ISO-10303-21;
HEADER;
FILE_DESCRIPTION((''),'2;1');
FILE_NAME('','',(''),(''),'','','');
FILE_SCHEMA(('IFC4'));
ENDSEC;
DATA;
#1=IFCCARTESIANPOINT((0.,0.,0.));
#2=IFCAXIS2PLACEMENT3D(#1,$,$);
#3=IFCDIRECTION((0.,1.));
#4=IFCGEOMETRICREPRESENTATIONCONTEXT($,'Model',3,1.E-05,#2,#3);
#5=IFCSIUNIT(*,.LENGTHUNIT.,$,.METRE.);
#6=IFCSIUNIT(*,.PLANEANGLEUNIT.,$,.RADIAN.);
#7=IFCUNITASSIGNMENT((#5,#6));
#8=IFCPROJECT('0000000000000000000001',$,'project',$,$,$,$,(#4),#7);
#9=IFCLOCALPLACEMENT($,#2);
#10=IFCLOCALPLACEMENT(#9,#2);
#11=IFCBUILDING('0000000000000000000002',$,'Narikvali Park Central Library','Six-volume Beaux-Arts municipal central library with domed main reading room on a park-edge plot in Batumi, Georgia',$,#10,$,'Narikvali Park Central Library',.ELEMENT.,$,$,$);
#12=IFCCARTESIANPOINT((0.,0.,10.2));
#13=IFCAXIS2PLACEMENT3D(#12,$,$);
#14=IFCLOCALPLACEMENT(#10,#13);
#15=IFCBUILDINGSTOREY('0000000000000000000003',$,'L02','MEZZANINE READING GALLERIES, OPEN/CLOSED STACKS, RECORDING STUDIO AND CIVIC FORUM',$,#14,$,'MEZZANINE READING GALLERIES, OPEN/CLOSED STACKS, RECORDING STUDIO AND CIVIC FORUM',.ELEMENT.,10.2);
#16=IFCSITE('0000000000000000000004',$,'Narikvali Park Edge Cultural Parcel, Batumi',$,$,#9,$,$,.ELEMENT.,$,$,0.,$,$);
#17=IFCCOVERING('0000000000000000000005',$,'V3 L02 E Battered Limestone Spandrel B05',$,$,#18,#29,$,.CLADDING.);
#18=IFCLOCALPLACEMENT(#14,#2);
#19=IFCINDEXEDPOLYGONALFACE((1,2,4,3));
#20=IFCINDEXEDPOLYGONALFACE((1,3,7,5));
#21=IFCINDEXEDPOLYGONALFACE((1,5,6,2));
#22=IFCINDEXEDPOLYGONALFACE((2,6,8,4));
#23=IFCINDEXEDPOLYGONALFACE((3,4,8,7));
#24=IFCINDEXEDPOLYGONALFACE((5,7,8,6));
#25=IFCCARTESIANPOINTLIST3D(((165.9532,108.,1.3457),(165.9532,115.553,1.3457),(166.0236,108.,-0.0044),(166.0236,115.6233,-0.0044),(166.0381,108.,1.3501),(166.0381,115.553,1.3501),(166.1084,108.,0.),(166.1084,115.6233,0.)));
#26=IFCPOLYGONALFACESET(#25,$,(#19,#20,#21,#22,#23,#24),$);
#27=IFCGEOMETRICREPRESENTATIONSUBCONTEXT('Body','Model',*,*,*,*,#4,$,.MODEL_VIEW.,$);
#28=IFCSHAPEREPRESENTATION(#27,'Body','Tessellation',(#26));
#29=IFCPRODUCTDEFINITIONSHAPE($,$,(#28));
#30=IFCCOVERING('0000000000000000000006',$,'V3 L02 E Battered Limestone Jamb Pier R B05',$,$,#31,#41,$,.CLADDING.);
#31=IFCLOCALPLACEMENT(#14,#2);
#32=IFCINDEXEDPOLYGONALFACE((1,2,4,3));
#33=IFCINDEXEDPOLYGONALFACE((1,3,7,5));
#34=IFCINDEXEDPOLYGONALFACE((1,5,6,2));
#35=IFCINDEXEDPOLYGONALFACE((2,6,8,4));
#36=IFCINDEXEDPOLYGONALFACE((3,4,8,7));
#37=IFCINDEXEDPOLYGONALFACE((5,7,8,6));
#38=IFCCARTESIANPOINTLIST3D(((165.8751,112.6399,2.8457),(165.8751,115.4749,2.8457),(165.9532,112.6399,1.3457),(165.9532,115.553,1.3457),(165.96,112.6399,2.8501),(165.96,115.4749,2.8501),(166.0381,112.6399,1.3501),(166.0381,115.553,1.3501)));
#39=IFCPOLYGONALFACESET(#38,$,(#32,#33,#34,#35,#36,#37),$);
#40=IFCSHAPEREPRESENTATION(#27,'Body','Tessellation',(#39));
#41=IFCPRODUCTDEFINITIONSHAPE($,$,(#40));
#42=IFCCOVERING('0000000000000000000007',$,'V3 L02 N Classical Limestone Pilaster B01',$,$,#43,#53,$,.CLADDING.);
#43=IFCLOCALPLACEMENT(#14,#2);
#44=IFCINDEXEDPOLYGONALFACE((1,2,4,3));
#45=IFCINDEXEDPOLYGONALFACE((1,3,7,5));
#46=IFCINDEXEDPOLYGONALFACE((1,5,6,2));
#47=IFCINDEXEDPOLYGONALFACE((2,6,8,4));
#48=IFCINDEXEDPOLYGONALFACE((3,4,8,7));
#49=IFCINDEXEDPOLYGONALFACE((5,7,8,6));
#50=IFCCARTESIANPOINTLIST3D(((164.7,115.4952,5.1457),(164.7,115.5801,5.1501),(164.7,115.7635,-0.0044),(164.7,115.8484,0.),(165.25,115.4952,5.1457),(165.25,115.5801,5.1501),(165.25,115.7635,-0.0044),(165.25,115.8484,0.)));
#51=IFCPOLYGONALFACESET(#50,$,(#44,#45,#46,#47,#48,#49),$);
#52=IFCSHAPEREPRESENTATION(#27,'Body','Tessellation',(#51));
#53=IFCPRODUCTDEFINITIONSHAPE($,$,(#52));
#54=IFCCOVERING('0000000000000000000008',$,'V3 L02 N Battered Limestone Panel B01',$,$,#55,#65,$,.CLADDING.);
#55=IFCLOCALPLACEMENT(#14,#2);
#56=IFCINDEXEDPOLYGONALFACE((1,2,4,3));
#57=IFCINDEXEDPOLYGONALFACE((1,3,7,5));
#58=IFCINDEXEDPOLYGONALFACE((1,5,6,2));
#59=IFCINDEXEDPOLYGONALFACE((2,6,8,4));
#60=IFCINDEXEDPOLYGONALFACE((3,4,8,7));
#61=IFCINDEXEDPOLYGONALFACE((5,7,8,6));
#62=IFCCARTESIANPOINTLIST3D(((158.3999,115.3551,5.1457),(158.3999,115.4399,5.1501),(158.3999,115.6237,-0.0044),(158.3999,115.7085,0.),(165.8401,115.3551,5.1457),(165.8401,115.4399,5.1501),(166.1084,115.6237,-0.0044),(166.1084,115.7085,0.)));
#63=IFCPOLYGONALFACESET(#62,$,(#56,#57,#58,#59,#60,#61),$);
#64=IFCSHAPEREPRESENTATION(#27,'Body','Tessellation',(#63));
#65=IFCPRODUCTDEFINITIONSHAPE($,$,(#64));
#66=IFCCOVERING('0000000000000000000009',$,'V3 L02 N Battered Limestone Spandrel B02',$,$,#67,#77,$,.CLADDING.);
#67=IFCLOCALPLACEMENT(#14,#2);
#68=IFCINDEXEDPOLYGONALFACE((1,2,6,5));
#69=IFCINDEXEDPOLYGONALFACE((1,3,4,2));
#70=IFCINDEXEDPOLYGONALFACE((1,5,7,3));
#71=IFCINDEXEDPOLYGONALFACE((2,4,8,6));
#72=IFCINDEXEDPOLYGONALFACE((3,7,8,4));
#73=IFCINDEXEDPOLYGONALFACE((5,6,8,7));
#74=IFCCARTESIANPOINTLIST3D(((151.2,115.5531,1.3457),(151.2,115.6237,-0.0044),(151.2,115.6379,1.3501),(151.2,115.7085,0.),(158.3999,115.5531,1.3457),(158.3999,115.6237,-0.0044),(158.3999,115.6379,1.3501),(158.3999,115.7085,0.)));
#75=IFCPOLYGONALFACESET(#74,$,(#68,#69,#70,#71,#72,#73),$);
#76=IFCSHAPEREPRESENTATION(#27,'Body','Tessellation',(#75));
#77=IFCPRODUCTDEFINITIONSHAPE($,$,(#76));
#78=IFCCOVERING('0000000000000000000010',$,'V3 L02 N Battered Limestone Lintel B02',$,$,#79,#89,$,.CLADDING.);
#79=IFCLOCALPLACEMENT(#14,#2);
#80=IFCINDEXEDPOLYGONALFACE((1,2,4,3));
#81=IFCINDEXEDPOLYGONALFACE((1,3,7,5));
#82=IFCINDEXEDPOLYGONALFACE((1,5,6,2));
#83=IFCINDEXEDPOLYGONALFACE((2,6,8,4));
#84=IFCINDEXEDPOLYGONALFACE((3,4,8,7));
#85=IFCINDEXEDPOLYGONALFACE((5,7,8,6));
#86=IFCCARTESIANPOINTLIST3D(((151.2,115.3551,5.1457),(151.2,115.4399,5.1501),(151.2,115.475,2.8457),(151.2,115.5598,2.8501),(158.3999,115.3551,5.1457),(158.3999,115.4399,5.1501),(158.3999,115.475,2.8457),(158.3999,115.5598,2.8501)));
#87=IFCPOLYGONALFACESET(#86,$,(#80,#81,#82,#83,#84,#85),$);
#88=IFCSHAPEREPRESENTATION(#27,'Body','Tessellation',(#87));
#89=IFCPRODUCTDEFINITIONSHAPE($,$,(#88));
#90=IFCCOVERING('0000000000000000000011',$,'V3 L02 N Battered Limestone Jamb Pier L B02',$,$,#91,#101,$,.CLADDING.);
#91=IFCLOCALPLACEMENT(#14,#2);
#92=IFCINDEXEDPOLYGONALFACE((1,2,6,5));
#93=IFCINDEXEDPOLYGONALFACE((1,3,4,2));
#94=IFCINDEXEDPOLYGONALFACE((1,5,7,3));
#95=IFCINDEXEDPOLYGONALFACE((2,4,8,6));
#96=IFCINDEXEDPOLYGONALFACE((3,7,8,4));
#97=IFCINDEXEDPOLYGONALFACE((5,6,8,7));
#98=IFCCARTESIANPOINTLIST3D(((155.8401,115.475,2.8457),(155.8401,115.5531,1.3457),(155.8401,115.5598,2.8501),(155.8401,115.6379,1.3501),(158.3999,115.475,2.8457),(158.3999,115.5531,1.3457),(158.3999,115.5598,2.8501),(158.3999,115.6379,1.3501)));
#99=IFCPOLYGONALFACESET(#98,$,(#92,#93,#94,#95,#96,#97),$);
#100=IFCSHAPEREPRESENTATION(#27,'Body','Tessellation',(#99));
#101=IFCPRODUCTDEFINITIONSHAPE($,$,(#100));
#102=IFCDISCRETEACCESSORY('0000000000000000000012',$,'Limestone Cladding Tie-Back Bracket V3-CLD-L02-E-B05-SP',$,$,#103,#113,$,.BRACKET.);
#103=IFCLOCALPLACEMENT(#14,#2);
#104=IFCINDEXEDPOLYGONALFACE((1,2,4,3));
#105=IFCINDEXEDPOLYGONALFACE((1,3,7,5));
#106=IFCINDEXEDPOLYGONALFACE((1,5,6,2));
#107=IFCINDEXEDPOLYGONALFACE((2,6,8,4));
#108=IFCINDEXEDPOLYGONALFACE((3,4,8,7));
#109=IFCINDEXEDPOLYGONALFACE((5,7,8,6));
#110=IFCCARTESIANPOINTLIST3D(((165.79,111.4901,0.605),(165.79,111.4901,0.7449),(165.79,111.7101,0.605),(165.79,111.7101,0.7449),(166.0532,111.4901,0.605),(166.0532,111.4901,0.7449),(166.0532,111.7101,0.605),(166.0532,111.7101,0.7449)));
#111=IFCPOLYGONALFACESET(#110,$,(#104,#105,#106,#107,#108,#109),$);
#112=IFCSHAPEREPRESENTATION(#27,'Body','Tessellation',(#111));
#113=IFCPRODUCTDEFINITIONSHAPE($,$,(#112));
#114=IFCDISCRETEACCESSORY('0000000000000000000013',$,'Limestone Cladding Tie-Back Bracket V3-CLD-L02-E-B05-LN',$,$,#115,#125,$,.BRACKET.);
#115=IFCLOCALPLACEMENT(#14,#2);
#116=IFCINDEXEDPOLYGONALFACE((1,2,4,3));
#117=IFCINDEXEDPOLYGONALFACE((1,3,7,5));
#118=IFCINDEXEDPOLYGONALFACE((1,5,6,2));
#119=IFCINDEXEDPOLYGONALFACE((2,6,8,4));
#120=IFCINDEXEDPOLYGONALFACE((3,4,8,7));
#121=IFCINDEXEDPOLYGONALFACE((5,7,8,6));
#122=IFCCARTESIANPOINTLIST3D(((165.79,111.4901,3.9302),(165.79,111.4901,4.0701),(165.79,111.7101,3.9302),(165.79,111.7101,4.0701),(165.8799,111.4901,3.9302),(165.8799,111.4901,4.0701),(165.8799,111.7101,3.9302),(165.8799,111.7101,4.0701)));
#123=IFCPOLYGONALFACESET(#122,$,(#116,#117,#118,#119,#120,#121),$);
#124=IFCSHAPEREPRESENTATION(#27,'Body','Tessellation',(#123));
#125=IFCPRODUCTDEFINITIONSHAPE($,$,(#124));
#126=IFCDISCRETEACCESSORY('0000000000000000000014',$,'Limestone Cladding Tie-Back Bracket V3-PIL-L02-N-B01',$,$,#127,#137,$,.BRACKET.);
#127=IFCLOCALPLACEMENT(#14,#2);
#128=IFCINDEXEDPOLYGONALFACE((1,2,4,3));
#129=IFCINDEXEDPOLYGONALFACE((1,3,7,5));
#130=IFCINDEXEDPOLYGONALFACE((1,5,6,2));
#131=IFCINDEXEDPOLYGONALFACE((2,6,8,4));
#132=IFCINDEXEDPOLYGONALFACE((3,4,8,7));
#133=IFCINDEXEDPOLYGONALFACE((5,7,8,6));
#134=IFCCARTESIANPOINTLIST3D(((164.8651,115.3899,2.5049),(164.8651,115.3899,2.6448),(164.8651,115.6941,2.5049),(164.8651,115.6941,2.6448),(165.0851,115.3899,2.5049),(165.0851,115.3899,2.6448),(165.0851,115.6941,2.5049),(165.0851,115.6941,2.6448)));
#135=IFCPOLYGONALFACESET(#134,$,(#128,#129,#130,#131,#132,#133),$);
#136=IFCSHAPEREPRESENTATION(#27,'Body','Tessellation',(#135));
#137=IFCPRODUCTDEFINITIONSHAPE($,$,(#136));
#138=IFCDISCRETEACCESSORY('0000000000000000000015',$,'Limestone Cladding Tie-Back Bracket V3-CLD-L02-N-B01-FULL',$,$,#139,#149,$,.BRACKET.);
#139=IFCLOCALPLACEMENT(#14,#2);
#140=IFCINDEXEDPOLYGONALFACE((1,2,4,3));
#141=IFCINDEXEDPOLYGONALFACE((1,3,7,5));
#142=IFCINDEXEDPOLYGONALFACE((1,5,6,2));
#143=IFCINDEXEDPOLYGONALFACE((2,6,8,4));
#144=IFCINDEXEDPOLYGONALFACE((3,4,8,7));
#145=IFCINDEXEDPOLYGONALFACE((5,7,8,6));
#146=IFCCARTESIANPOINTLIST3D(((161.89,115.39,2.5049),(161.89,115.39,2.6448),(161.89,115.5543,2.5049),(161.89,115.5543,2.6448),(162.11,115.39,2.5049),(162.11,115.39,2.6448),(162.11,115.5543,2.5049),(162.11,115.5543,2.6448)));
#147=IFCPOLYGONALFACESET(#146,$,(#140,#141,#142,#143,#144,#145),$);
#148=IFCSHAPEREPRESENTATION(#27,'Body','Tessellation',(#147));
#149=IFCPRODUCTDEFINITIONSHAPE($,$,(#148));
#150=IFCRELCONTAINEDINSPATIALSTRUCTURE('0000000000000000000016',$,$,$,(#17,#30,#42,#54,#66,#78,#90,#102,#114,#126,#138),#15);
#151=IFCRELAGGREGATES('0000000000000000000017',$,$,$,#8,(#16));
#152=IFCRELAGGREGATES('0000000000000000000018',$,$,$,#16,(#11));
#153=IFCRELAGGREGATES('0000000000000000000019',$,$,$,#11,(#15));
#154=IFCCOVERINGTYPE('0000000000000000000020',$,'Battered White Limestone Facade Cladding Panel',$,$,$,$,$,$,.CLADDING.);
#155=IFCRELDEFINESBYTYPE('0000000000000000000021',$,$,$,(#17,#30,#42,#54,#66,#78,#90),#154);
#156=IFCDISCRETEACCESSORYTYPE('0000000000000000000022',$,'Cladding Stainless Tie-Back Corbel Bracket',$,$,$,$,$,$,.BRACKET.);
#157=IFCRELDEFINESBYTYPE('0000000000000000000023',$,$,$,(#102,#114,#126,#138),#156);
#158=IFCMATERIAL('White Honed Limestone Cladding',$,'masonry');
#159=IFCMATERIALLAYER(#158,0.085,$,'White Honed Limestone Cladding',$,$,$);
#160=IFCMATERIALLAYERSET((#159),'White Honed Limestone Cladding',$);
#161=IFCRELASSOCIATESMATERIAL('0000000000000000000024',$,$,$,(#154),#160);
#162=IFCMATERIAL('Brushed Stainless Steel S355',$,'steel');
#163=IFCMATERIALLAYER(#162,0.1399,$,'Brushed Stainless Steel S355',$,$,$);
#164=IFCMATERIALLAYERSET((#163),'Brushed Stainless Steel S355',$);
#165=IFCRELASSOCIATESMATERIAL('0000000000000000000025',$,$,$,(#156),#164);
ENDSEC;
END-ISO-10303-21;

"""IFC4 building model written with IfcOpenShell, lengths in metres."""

from ifc_helpers import new_model, si_unit, direction, frame, origin, origin_2d, place, context, subcontext, project, spatial, polyline, rectangle, outline, extrude, material, layer, layer_set, type_object, element, save


model = new_model("IFC4")

# Units and contexts
model_context = context("Model", 3, precision=1e-05, world=origin(), true_north=direction((0.0, 1.0)))
body_context = subcontext(model_context, "Body", "Model", "MODEL_VIEW")
ifc_project = project(units=[si_unit("LENGTHUNIT", "METRE"), si_unit("PLANEANGLEUNIT", "RADIAN")], contexts=[model_context])

# Site, building, storey
site_placement = place(None, origin())
site = spatial("IfcSite", under=ifc_project, at=site_placement, Name="Narikvali Park Edge Cultural Parcel, Batumi", CompositionType="ELEMENT", RefElevation=0.0)
building_placement = place(site_placement, origin())
building = spatial("IfcBuilding", under=site, at=building_placement, Name="Narikvali Park Central Library", Description="Six-volume Beaux-Arts municipal central library with domed main reading room on a park-edge plot in Batumi, Georgia", LongName="Narikvali Park Central Library", CompositionType="ELEMENT")
storey_placement = place(building_placement, frame((0.0, 0.0, 10.2)))
storey = spatial("IfcBuildingStorey", under=building, at=storey_placement, Name="L02", Description="MEZZANINE READING GALLERIES, OPEN/CLOSED STACKS, RECORDING STUDIO AND CIVIC FORUM", LongName="MEZZANINE READING GALLERIES, OPEN/CLOSED STACKS, RECORDING STUDIO AND CIVIC FORUM", CompositionType="ELEMENT", Elevation=10.2)

# Coverings
ifc_material_1 = material(Name="White Honed Limestone Cladding", Category="masonry")
ifc_layer_1 = layer(ifc_material_1, 0.085, Name="White Honed Limestone Cladding")
ifc_layer_set_1 = layer_set([ifc_layer_1], Name="White Honed Limestone Cladding")
covering_type = type_object("IfcCoveringType", Name="Battered White Limestone Facade Cladding Panel", PredefinedType="CLADDING", material=ifc_layer_set_1)
covering_1_placement = place(storey_placement, frame((166.1084, 108.0, 0.0), z_axis=(0.998647, 0.0, 0.052009), x_axis=(0.0, 1.0, 0.0)))
element("IfcCovering", 1, at=covering_1_placement, inside=storey, type_object=covering_type, Name="V3 L02 E Battered Limestone Spandrel B05", PredefinedType="CLADDING", context=body_context, shape_type="SweptSolid", body=[
    extrude(outline(polyline([(0.0, 0.0), (7.6233, 0.0), (7.553, 1.3519), (0.0, 1.3519), (0.0, 0.0)])), origin(), (0.0, 0.0, -1.0), 0.085),
])
covering_2_placement = place(storey_placement, frame((166.0381, 112.6399, 1.3501), z_axis=(0.998646, 0.0, 0.052013), x_axis=(0.0, 1.0, 0.0)))
element("IfcCovering", 2, at=covering_2_placement, inside=storey, type_object=covering_type, Name="V3 L02 E Battered Limestone Jamb Pier R B05", PredefinedType="CLADDING", context=body_context, shape_type="SweptSolid", body=[
    extrude(outline(polyline([(0.0, 0.0), (2.9131, 0.0), (2.835, 1.502), (0.0, 1.502), (0.0, 0.0)])), origin(), (0.0, 0.0, -1.0), 0.085),
])
covering_3_placement = place(storey_placement, frame((165.25, 115.8484, 0.0), z_axis=(0.0, 0.998646, 0.052027), x_axis=(-1.0, 0.0, 0.0)))
element("IfcCovering", 3, at=covering_3_placement, inside=storey, type_object=covering_type, Name="V3 L02 N Classical Limestone Pilaster B01", PredefinedType="CLADDING", context=body_context, shape_type="SweptSolid", body=[
    extrude(outline(polyline([(0.0, 0.0), (0.55, 0.0), (0.55, 5.1571), (0.0, 5.1571), (0.0, 0.0)])), origin(), (0.0, 0.0, -1.0), 0.085),
])
covering_4_placement = place(storey_placement, frame((166.1084, 115.7085, 0.0), z_axis=(0.0, 0.998643, 0.052074), x_axis=(-1.0, 0.0, 0.0)))
element("IfcCovering", 4, at=covering_4_placement, inside=storey, type_object=covering_type, Name="V3 L02 N Battered Limestone Panel B01", PredefinedType="CLADDING", context=body_context, shape_type="SweptSolid", body=[
    extrude(outline(polyline([(0.0, 0.0), (7.7085, 0.0), (7.7085, 5.1571), (0.2683, 5.1571), (0.0, 0.0)])), origin(), (0.0, 0.0, -1.0), 0.085),
])
covering_5_placement = place(storey_placement, frame((158.3999, 115.7085, 0.0), z_axis=(0.0, 0.998637, 0.052189), x_axis=(-1.0, 0.0, 0.0)))
element("IfcCovering", 5, at=covering_5_placement, inside=storey, type_object=covering_type, Name="V3 L02 N Battered Limestone Spandrel B02", PredefinedType="CLADDING", context=body_context, shape_type="SweptSolid", body=[
    extrude(outline(polyline([(0.0, 0.0), (7.2, 0.0), (7.2, 1.3519), (0.0, 1.3519), (0.0, 0.0)])), origin(), (0.0, 0.0, -1.0), 0.085),
])
covering_6_placement = place(storey_placement, frame((158.3999, 115.5598, 2.8501), z_axis=(0.0, 0.998645, 0.052047), x_axis=(-1.0, 0.0, 0.0)))
element("IfcCovering", 6, at=covering_6_placement, inside=storey, type_object=covering_type, Name="V3 L02 N Battered Limestone Lintel B02", PredefinedType="CLADDING", context=body_context, shape_type="SweptSolid", body=[
    extrude(outline(polyline([(0.0, 0.0), (7.2, 0.0), (7.2, 2.3032), (0.0, 2.3032), (0.0, 0.0)])), origin(), (0.0, 0.0, -1.0), 0.085),
])
covering_7_placement = place(storey_placement, frame((158.3999, 115.6379, 1.3501), z_axis=(0.0, 0.998646, 0.052013), x_axis=(-1.0, 0.0, 0.0)))
element("IfcCovering", 7, at=covering_7_placement, inside=storey, type_object=covering_type, Name="V3 L02 N Battered Limestone Jamb Pier L B02", PredefinedType="CLADDING", context=body_context, shape_type="SweptSolid", body=[
    extrude(outline(polyline([(0.0, 0.0), (2.5598, 0.0), (2.5598, 1.502), (0.0, 1.502), (0.0, 0.0)])), origin(), (0.0, 0.0, -1.0), 0.085),
])

# Discrete accessories
ifc_material_2 = material(Name="Brushed Stainless Steel S355", Category="steel")
ifc_layer_2 = layer(ifc_material_2, 0.1399, Name="Brushed Stainless Steel S355")
ifc_layer_set_2 = layer_set([ifc_layer_2], Name="Brushed Stainless Steel S355")
discrete_accessory_type = type_object("IfcDiscreteAccessoryType", Name="Cladding Stainless Tie-Back Corbel Bracket", PredefinedType="BRACKET", material=ifc_layer_set_2)
discrete_accessory_1_placement = place(storey_placement, frame((165.9216, 111.6001, 0.605), z_axis=(0.0, 0.0, 1.0), x_axis=(1.0, 0.0, 0.0)))
element("IfcDiscreteAccessory", 8, at=discrete_accessory_1_placement, inside=storey, type_object=discrete_accessory_type, Name="Limestone Cladding Tie-Back Bracket V3-CLD-L02-E-B05-SP", PredefinedType="BRACKET", context=body_context, shape_type="SweptSolid", body=[
    extrude(rectangle(XDim=0.2632, YDim=0.22, at=origin_2d()), origin(), (0.0, 0.0, 1.0), 0.1399),
])
discrete_accessory_2_placement = place(storey_placement, frame((165.835, 111.6001, 3.9302), z_axis=(0.0, 0.0, 1.0), x_axis=(1.0, 0.0, 0.0)))
element("IfcDiscreteAccessory", 9, at=discrete_accessory_2_placement, inside=storey, type_object=discrete_accessory_type, Name="Limestone Cladding Tie-Back Bracket V3-CLD-L02-E-B05-LN", PredefinedType="BRACKET", context=body_context, shape_type="SweptSolid", body=[
    extrude(rectangle(XDim=0.0898, YDim=0.22, at=origin_2d()), origin(), (0.0, 0.0, 1.0), 0.1399),
])
discrete_accessory_3_placement = place(storey_placement, frame((164.9751, 115.542, 2.5049), z_axis=(0.0, 0.0, 1.0), x_axis=(1.0, 0.0, 0.0)))
element("IfcDiscreteAccessory", 10, at=discrete_accessory_3_placement, inside=storey, type_object=discrete_accessory_type, Name="Limestone Cladding Tie-Back Bracket V3-PIL-L02-N-B01", PredefinedType="BRACKET", context=body_context, shape_type="SweptSolid", body=[
    extrude(rectangle(XDim=0.22, YDim=0.3042, at=origin_2d()), origin(), (0.0, 0.0, 1.0), 0.1399),
])
discrete_accessory_4_placement = place(storey_placement, frame((162.0, 115.4722, 2.5049), z_axis=(0.0, 0.0, 1.0), x_axis=(1.0, 0.0, 0.0)))
element("IfcDiscreteAccessory", 11, at=discrete_accessory_4_placement, inside=storey, type_object=discrete_accessory_type, Name="Limestone Cladding Tie-Back Bracket V3-CLD-L02-N-B01-FULL", PredefinedType="BRACKET", context=body_context, shape_type="SweptSolid", body=[
    extrude(rectangle(XDim=0.22, YDim=0.1643, at=origin_2d()), origin(), (0.0, 0.0, 1.0), 0.1399),
])

save(model, "model.ifc")
